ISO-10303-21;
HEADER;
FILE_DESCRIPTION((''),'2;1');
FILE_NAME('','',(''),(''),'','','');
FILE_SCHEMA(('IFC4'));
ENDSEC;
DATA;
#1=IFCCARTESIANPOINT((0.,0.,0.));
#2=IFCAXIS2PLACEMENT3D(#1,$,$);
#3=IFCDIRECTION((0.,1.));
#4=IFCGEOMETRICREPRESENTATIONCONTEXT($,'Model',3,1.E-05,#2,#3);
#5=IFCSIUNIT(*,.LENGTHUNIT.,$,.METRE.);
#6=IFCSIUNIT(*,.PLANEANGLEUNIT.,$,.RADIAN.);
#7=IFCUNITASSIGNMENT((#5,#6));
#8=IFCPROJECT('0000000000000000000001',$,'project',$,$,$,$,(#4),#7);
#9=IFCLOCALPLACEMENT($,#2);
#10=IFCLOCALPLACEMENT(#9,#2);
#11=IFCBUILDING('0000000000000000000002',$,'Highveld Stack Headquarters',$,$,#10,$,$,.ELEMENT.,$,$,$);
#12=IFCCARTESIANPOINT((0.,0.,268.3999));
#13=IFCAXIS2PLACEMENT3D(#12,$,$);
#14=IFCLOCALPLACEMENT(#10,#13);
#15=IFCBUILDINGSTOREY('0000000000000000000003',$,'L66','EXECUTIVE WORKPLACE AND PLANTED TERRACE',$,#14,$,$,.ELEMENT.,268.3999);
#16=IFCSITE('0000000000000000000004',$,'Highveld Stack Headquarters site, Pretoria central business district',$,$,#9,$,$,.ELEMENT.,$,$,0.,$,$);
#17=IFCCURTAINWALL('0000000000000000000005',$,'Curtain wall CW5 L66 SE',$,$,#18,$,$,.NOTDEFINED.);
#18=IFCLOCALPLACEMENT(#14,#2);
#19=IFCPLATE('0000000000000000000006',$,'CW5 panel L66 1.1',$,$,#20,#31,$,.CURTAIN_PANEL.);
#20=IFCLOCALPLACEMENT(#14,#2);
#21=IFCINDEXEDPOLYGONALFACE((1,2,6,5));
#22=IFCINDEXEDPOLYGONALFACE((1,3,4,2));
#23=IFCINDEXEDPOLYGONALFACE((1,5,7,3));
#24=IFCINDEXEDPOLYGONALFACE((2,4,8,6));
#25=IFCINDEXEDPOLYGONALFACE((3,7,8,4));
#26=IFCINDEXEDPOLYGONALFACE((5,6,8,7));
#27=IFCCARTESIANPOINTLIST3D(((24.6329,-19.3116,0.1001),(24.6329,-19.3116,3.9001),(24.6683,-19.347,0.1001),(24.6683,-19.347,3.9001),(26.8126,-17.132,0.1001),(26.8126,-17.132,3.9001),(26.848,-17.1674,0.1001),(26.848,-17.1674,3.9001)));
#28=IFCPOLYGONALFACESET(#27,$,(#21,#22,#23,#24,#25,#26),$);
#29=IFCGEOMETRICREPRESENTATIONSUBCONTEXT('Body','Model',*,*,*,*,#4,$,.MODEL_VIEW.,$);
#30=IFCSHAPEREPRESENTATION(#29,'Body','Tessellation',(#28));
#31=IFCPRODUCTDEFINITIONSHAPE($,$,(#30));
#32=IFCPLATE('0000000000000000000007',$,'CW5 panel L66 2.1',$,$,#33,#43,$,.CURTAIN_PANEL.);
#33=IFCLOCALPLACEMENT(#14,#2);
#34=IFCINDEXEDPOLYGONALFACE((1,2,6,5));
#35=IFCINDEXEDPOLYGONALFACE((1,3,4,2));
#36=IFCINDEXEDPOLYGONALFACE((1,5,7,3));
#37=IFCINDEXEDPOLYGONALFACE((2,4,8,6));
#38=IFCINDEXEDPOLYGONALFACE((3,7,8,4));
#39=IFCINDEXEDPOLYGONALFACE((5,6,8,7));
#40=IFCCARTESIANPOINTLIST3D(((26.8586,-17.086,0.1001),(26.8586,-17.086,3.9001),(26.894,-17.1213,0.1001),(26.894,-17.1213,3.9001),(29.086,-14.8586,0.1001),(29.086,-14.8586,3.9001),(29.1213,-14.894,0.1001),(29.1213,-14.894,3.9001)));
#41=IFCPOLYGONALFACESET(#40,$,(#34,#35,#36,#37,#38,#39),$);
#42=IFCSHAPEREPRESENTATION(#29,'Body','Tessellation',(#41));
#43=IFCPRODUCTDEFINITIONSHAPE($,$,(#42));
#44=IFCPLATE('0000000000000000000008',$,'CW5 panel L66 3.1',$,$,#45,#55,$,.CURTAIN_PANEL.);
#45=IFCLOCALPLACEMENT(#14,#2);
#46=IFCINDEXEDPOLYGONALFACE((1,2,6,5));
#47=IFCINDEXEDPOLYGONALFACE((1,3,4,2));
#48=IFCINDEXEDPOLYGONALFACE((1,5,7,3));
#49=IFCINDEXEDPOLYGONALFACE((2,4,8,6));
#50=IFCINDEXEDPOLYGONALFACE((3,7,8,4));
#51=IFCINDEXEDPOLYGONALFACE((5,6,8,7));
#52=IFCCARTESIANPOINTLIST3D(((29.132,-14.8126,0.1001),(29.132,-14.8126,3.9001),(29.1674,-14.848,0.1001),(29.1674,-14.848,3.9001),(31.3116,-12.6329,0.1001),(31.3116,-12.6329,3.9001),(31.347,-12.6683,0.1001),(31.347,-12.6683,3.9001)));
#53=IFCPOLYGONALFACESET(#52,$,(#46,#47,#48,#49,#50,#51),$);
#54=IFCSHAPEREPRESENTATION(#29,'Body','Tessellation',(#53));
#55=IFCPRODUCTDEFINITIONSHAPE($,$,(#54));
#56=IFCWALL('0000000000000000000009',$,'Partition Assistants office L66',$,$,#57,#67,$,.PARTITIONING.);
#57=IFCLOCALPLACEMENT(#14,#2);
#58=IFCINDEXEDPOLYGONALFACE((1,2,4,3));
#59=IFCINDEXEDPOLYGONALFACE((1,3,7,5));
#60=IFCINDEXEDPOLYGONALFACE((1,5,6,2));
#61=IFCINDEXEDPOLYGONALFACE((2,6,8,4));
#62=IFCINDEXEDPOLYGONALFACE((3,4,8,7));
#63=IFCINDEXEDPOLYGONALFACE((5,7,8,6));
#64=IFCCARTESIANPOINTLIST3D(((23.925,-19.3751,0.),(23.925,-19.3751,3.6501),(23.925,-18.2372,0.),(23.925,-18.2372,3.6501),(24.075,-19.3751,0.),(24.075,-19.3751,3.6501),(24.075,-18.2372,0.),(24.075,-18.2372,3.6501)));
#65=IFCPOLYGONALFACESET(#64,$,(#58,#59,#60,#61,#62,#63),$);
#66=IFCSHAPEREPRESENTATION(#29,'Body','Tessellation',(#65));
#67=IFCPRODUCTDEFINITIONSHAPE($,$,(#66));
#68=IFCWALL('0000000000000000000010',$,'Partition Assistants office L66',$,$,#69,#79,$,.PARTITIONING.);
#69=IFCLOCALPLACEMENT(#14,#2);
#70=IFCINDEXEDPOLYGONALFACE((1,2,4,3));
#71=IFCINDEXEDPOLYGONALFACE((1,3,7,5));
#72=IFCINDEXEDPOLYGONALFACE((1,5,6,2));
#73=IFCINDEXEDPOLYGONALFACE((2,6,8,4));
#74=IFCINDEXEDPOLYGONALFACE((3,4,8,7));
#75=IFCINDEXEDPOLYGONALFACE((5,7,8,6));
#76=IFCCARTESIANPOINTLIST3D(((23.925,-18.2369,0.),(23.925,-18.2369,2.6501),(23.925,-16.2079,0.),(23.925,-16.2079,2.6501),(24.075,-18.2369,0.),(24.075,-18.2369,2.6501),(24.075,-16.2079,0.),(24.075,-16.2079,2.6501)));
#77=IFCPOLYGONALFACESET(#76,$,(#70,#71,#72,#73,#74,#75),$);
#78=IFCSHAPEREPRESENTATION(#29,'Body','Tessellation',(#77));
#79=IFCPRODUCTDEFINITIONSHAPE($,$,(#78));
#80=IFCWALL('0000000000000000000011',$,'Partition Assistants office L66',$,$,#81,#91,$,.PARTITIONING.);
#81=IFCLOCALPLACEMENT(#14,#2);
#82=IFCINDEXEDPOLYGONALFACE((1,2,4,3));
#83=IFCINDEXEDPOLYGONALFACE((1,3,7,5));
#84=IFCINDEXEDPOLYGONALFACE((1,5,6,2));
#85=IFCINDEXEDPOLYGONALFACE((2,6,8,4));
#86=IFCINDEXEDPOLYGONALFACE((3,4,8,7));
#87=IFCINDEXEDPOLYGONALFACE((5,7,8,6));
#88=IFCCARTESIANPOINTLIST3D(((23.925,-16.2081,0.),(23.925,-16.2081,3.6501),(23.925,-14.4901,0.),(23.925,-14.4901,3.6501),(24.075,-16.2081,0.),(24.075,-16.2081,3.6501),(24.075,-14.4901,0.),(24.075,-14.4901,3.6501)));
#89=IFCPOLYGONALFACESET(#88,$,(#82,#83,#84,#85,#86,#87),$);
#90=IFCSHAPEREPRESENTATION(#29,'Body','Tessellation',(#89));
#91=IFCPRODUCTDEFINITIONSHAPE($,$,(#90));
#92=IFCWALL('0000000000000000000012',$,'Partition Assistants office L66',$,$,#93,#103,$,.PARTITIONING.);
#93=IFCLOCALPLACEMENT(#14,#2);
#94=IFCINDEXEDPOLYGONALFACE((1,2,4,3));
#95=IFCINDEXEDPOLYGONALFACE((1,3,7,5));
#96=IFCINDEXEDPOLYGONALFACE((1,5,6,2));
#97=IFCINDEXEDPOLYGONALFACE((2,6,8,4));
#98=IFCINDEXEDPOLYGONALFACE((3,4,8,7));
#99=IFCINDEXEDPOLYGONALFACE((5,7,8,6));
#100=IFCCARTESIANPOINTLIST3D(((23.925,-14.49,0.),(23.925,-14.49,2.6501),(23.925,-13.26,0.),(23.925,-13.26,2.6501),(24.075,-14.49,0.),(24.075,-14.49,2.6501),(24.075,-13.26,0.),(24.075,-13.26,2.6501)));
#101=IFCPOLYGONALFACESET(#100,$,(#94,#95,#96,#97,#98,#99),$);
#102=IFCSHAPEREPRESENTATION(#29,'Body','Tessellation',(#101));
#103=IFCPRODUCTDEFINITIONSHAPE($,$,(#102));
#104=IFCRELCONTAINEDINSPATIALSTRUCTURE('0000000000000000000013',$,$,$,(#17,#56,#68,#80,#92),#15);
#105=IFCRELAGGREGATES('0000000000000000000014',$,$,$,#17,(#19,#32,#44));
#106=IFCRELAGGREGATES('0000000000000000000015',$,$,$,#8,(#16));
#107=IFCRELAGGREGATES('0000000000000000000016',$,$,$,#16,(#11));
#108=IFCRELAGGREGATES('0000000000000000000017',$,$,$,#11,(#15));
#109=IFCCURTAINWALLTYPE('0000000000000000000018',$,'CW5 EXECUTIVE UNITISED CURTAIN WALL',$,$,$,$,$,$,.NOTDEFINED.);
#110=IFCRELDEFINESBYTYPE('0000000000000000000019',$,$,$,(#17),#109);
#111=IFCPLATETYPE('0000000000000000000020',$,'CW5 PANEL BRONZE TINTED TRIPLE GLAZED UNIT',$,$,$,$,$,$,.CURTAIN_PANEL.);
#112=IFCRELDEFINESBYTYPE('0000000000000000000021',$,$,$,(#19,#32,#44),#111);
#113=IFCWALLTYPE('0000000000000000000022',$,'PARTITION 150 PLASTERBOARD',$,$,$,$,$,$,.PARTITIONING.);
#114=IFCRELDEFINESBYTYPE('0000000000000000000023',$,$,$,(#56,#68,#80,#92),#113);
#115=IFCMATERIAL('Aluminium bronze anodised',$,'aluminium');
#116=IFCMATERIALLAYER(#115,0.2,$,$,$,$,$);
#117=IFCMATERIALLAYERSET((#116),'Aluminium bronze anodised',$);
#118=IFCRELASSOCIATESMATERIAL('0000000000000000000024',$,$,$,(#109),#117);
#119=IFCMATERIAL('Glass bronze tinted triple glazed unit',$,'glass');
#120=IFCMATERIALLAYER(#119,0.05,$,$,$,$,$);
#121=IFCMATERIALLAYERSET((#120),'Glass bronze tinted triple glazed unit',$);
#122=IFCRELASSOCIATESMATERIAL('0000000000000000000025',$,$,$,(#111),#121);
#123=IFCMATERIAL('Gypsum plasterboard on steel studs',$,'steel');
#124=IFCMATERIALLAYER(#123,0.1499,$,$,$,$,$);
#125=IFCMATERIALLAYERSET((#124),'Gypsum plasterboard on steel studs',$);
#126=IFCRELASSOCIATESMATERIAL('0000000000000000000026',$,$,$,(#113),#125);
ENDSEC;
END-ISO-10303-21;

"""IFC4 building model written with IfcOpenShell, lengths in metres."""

from ifc_helpers import new_model, si_unit, direction, frame, frame_2d, origin, origin_2d, place, context, subcontext, project, spatial, rectangle, extrude, material, layer, layer_set, type_object, element, aggregate, save


model = new_model("IFC4")

# Units and contexts
model_context = context("Model", 3, precision=1e-05, world=origin(), true_north=direction((0.0, 1.0)))
body_context = subcontext(model_context, "Body", "Model", "MODEL_VIEW")
ifc_project = project(units=[si_unit("LENGTHUNIT", "METRE"), si_unit("PLANEANGLEUNIT", "RADIAN")], contexts=[model_context])

# Site, building, storey
site_placement = place(None, origin())
site = spatial("IfcSite", under=ifc_project, at=site_placement, Name="Highveld Stack Headquarters site, Pretoria central business district", CompositionType="ELEMENT", RefElevation=0.0)
building_placement = place(site_placement, origin())
building = spatial("IfcBuilding", under=site, at=building_placement, Name="Highveld Stack Headquarters", CompositionType="ELEMENT")
storey_placement = place(building_placement, frame((0.0, 0.0, 268.3999)))
storey = spatial("IfcBuildingStorey", under=building, at=storey_placement, Name="L66", Description="EXECUTIVE WORKPLACE AND PLANTED TERRACE", CompositionType="ELEMENT", Elevation=268.3999)

# Shared definitions
ifc_material_1 = material(Name="Aluminium bronze anodised", Category="aluminium")
ifc_layer_1 = layer(ifc_material_1, 0.2)
ifc_layer_set_1 = layer_set([ifc_layer_1], Name="Aluminium bronze anodised")
curtain_wall_type = type_object("IfcCurtainWallType", Name="CW5 EXECUTIVE UNITISED CURTAIN WALL", PredefinedType="NOTDEFINED", material=ifc_layer_set_1)

# Curtain wall
curtain_wall_1_placement = place(storey_placement, origin())
curtain_wall_1 = element("IfcCurtainWall", 1, at=curtain_wall_1_placement, inside=storey, type_object=curtain_wall_type, Name="Curtain wall CW5 L66 SE", PredefinedType="NOTDEFINED")

# Plates
ifc_material_2 = material(Name="Glass bronze tinted triple glazed unit", Category="glass")
ifc_layer_2 = layer(ifc_material_2, 0.05)
ifc_layer_set_2 = layer_set([ifc_layer_2], Name="Glass bronze tinted triple glazed unit")
plate_type = type_object("IfcPlateType", Name="CW5 PANEL BRONZE TINTED TRIPLE GLAZED UNIT", PredefinedType="CURTAIN_PANEL", material=ifc_layer_set_2)
plate_1_placement = place(storey_placement, frame((25.7405, -18.2395, 0.1001), z_axis=(0.0, 0.0, 1.0), x_axis=(0.707107, 0.707107, 0.0)))
plate_1 = element("IfcPlate", 2, at=plate_1_placement, type_object=plate_type, Name="CW5 panel L66 1.1", PredefinedType="CURTAIN_PANEL", context=body_context, shape_type="SweptSolid", body=[
    extrude(rectangle(XDim=3.0825, YDim=0.05, at=origin_2d()), origin(), (0.0, 0.0, 1.0), 3.8),
])
plate_2_placement = place(storey_placement, frame((27.99, -15.99, 0.1001), z_axis=(0.0, 0.0, 1.0), x_axis=(0.707107, 0.707107, 0.0)))
plate_2 = element("IfcPlate", 3, at=plate_2_placement, type_object=plate_type, Name="CW5 panel L66 2.1", PredefinedType="CURTAIN_PANEL", context=body_context, shape_type="SweptSolid", body=[
    extrude(rectangle(XDim=3.1499, YDim=0.05, at=origin_2d()), origin(), (0.0, 0.0, 1.0), 3.8),
])
plate_3_placement = place(storey_placement, frame((30.2395, -13.7405, 0.1001), z_axis=(0.0, 0.0, 1.0), x_axis=(0.707107, 0.707107, 0.0)))
plate_3 = element("IfcPlate", 4, at=plate_3_placement, type_object=plate_type, Name="CW5 panel L66 3.1", PredefinedType="CURTAIN_PANEL", context=body_context, shape_type="SweptSolid", body=[
    extrude(rectangle(XDim=3.0825, YDim=0.05, at=origin_2d()), origin(), (0.0, 0.0, 1.0), 3.8),
])
aggregate(curtain_wall_1, [plate_1, plate_2, plate_3])

# Walls
ifc_material_3 = material(Name="Gypsum plasterboard on steel studs", Category="steel")
ifc_layer_3 = layer(ifc_material_3, 0.1499)
ifc_layer_set_3 = layer_set([ifc_layer_3], Name="Gypsum plasterboard on steel studs")
wall_type = type_object("IfcWallType", Name="PARTITION 150 PLASTERBOARD", PredefinedType="PARTITIONING", material=ifc_layer_set_3)
wall_1_placement = place(storey_placement, frame((24.0, -19.375, 0.0), z_axis=(0.0, 0.0, 1.0), x_axis=(0.0, 1.0, 0.0)))
element("IfcWall", 5, at=wall_1_placement, inside=storey, type_object=wall_type, Name="Partition Assistants office L66", PredefinedType="PARTITIONING", context=body_context, shape_type="SweptSolid", body=[
    extrude(rectangle(XDim=1.1379, YDim=0.1499, at=frame_2d((0.5688, 0.0))), origin(), (0.0, 0.0, 1.0), 3.6501),
])
wall_2_placement = place(storey_placement, frame((24.0, -18.2371, 0.0), z_axis=(0.0, 0.0, 1.0), x_axis=(0.0, 1.0, 0.0)))
element("IfcWall", 6, at=wall_2_placement, inside=storey, type_object=wall_type, Name="Partition Assistants office L66", PredefinedType="PARTITIONING", context=body_context, shape_type="SweptSolid", body=[
    extrude(rectangle(XDim=2.0291, YDim=0.1499, at=frame_2d((1.0146, 0.0))), origin(), (0.0, 0.0, 1.0), 2.6501),
])
wall_3_placement = place(storey_placement, frame((24.0, -16.208, 0.0), z_axis=(0.0, 0.0, 1.0), x_axis=(0.0, 1.0, 0.0)))
element("IfcWall", 7, at=wall_3_placement, inside=storey, type_object=wall_type, Name="Partition Assistants office L66", PredefinedType="PARTITIONING", context=body_context, shape_type="SweptSolid", body=[
    extrude(rectangle(XDim=1.718, YDim=0.1499, at=frame_2d((0.8589, 0.0))), origin(), (0.0, 0.0, 1.0), 3.6501),
])
wall_4_placement = place(storey_placement, frame((24.0, -14.49, 0.0), z_axis=(0.0, 0.0, 1.0), x_axis=(0.0, 1.0, 0.0)))
element("IfcWall", 8, at=wall_4_placement, inside=storey, type_object=wall_type, Name="Partition Assistants office L66", PredefinedType="PARTITIONING", context=body_context, shape_type="SweptSolid", body=[
    extrude(rectangle(XDim=1.23, YDim=0.1499, at=frame_2d((0.615, 0.0))), origin(), (0.0, 0.0, 1.0), 2.6501),
])

save(model, "model.ifc")
